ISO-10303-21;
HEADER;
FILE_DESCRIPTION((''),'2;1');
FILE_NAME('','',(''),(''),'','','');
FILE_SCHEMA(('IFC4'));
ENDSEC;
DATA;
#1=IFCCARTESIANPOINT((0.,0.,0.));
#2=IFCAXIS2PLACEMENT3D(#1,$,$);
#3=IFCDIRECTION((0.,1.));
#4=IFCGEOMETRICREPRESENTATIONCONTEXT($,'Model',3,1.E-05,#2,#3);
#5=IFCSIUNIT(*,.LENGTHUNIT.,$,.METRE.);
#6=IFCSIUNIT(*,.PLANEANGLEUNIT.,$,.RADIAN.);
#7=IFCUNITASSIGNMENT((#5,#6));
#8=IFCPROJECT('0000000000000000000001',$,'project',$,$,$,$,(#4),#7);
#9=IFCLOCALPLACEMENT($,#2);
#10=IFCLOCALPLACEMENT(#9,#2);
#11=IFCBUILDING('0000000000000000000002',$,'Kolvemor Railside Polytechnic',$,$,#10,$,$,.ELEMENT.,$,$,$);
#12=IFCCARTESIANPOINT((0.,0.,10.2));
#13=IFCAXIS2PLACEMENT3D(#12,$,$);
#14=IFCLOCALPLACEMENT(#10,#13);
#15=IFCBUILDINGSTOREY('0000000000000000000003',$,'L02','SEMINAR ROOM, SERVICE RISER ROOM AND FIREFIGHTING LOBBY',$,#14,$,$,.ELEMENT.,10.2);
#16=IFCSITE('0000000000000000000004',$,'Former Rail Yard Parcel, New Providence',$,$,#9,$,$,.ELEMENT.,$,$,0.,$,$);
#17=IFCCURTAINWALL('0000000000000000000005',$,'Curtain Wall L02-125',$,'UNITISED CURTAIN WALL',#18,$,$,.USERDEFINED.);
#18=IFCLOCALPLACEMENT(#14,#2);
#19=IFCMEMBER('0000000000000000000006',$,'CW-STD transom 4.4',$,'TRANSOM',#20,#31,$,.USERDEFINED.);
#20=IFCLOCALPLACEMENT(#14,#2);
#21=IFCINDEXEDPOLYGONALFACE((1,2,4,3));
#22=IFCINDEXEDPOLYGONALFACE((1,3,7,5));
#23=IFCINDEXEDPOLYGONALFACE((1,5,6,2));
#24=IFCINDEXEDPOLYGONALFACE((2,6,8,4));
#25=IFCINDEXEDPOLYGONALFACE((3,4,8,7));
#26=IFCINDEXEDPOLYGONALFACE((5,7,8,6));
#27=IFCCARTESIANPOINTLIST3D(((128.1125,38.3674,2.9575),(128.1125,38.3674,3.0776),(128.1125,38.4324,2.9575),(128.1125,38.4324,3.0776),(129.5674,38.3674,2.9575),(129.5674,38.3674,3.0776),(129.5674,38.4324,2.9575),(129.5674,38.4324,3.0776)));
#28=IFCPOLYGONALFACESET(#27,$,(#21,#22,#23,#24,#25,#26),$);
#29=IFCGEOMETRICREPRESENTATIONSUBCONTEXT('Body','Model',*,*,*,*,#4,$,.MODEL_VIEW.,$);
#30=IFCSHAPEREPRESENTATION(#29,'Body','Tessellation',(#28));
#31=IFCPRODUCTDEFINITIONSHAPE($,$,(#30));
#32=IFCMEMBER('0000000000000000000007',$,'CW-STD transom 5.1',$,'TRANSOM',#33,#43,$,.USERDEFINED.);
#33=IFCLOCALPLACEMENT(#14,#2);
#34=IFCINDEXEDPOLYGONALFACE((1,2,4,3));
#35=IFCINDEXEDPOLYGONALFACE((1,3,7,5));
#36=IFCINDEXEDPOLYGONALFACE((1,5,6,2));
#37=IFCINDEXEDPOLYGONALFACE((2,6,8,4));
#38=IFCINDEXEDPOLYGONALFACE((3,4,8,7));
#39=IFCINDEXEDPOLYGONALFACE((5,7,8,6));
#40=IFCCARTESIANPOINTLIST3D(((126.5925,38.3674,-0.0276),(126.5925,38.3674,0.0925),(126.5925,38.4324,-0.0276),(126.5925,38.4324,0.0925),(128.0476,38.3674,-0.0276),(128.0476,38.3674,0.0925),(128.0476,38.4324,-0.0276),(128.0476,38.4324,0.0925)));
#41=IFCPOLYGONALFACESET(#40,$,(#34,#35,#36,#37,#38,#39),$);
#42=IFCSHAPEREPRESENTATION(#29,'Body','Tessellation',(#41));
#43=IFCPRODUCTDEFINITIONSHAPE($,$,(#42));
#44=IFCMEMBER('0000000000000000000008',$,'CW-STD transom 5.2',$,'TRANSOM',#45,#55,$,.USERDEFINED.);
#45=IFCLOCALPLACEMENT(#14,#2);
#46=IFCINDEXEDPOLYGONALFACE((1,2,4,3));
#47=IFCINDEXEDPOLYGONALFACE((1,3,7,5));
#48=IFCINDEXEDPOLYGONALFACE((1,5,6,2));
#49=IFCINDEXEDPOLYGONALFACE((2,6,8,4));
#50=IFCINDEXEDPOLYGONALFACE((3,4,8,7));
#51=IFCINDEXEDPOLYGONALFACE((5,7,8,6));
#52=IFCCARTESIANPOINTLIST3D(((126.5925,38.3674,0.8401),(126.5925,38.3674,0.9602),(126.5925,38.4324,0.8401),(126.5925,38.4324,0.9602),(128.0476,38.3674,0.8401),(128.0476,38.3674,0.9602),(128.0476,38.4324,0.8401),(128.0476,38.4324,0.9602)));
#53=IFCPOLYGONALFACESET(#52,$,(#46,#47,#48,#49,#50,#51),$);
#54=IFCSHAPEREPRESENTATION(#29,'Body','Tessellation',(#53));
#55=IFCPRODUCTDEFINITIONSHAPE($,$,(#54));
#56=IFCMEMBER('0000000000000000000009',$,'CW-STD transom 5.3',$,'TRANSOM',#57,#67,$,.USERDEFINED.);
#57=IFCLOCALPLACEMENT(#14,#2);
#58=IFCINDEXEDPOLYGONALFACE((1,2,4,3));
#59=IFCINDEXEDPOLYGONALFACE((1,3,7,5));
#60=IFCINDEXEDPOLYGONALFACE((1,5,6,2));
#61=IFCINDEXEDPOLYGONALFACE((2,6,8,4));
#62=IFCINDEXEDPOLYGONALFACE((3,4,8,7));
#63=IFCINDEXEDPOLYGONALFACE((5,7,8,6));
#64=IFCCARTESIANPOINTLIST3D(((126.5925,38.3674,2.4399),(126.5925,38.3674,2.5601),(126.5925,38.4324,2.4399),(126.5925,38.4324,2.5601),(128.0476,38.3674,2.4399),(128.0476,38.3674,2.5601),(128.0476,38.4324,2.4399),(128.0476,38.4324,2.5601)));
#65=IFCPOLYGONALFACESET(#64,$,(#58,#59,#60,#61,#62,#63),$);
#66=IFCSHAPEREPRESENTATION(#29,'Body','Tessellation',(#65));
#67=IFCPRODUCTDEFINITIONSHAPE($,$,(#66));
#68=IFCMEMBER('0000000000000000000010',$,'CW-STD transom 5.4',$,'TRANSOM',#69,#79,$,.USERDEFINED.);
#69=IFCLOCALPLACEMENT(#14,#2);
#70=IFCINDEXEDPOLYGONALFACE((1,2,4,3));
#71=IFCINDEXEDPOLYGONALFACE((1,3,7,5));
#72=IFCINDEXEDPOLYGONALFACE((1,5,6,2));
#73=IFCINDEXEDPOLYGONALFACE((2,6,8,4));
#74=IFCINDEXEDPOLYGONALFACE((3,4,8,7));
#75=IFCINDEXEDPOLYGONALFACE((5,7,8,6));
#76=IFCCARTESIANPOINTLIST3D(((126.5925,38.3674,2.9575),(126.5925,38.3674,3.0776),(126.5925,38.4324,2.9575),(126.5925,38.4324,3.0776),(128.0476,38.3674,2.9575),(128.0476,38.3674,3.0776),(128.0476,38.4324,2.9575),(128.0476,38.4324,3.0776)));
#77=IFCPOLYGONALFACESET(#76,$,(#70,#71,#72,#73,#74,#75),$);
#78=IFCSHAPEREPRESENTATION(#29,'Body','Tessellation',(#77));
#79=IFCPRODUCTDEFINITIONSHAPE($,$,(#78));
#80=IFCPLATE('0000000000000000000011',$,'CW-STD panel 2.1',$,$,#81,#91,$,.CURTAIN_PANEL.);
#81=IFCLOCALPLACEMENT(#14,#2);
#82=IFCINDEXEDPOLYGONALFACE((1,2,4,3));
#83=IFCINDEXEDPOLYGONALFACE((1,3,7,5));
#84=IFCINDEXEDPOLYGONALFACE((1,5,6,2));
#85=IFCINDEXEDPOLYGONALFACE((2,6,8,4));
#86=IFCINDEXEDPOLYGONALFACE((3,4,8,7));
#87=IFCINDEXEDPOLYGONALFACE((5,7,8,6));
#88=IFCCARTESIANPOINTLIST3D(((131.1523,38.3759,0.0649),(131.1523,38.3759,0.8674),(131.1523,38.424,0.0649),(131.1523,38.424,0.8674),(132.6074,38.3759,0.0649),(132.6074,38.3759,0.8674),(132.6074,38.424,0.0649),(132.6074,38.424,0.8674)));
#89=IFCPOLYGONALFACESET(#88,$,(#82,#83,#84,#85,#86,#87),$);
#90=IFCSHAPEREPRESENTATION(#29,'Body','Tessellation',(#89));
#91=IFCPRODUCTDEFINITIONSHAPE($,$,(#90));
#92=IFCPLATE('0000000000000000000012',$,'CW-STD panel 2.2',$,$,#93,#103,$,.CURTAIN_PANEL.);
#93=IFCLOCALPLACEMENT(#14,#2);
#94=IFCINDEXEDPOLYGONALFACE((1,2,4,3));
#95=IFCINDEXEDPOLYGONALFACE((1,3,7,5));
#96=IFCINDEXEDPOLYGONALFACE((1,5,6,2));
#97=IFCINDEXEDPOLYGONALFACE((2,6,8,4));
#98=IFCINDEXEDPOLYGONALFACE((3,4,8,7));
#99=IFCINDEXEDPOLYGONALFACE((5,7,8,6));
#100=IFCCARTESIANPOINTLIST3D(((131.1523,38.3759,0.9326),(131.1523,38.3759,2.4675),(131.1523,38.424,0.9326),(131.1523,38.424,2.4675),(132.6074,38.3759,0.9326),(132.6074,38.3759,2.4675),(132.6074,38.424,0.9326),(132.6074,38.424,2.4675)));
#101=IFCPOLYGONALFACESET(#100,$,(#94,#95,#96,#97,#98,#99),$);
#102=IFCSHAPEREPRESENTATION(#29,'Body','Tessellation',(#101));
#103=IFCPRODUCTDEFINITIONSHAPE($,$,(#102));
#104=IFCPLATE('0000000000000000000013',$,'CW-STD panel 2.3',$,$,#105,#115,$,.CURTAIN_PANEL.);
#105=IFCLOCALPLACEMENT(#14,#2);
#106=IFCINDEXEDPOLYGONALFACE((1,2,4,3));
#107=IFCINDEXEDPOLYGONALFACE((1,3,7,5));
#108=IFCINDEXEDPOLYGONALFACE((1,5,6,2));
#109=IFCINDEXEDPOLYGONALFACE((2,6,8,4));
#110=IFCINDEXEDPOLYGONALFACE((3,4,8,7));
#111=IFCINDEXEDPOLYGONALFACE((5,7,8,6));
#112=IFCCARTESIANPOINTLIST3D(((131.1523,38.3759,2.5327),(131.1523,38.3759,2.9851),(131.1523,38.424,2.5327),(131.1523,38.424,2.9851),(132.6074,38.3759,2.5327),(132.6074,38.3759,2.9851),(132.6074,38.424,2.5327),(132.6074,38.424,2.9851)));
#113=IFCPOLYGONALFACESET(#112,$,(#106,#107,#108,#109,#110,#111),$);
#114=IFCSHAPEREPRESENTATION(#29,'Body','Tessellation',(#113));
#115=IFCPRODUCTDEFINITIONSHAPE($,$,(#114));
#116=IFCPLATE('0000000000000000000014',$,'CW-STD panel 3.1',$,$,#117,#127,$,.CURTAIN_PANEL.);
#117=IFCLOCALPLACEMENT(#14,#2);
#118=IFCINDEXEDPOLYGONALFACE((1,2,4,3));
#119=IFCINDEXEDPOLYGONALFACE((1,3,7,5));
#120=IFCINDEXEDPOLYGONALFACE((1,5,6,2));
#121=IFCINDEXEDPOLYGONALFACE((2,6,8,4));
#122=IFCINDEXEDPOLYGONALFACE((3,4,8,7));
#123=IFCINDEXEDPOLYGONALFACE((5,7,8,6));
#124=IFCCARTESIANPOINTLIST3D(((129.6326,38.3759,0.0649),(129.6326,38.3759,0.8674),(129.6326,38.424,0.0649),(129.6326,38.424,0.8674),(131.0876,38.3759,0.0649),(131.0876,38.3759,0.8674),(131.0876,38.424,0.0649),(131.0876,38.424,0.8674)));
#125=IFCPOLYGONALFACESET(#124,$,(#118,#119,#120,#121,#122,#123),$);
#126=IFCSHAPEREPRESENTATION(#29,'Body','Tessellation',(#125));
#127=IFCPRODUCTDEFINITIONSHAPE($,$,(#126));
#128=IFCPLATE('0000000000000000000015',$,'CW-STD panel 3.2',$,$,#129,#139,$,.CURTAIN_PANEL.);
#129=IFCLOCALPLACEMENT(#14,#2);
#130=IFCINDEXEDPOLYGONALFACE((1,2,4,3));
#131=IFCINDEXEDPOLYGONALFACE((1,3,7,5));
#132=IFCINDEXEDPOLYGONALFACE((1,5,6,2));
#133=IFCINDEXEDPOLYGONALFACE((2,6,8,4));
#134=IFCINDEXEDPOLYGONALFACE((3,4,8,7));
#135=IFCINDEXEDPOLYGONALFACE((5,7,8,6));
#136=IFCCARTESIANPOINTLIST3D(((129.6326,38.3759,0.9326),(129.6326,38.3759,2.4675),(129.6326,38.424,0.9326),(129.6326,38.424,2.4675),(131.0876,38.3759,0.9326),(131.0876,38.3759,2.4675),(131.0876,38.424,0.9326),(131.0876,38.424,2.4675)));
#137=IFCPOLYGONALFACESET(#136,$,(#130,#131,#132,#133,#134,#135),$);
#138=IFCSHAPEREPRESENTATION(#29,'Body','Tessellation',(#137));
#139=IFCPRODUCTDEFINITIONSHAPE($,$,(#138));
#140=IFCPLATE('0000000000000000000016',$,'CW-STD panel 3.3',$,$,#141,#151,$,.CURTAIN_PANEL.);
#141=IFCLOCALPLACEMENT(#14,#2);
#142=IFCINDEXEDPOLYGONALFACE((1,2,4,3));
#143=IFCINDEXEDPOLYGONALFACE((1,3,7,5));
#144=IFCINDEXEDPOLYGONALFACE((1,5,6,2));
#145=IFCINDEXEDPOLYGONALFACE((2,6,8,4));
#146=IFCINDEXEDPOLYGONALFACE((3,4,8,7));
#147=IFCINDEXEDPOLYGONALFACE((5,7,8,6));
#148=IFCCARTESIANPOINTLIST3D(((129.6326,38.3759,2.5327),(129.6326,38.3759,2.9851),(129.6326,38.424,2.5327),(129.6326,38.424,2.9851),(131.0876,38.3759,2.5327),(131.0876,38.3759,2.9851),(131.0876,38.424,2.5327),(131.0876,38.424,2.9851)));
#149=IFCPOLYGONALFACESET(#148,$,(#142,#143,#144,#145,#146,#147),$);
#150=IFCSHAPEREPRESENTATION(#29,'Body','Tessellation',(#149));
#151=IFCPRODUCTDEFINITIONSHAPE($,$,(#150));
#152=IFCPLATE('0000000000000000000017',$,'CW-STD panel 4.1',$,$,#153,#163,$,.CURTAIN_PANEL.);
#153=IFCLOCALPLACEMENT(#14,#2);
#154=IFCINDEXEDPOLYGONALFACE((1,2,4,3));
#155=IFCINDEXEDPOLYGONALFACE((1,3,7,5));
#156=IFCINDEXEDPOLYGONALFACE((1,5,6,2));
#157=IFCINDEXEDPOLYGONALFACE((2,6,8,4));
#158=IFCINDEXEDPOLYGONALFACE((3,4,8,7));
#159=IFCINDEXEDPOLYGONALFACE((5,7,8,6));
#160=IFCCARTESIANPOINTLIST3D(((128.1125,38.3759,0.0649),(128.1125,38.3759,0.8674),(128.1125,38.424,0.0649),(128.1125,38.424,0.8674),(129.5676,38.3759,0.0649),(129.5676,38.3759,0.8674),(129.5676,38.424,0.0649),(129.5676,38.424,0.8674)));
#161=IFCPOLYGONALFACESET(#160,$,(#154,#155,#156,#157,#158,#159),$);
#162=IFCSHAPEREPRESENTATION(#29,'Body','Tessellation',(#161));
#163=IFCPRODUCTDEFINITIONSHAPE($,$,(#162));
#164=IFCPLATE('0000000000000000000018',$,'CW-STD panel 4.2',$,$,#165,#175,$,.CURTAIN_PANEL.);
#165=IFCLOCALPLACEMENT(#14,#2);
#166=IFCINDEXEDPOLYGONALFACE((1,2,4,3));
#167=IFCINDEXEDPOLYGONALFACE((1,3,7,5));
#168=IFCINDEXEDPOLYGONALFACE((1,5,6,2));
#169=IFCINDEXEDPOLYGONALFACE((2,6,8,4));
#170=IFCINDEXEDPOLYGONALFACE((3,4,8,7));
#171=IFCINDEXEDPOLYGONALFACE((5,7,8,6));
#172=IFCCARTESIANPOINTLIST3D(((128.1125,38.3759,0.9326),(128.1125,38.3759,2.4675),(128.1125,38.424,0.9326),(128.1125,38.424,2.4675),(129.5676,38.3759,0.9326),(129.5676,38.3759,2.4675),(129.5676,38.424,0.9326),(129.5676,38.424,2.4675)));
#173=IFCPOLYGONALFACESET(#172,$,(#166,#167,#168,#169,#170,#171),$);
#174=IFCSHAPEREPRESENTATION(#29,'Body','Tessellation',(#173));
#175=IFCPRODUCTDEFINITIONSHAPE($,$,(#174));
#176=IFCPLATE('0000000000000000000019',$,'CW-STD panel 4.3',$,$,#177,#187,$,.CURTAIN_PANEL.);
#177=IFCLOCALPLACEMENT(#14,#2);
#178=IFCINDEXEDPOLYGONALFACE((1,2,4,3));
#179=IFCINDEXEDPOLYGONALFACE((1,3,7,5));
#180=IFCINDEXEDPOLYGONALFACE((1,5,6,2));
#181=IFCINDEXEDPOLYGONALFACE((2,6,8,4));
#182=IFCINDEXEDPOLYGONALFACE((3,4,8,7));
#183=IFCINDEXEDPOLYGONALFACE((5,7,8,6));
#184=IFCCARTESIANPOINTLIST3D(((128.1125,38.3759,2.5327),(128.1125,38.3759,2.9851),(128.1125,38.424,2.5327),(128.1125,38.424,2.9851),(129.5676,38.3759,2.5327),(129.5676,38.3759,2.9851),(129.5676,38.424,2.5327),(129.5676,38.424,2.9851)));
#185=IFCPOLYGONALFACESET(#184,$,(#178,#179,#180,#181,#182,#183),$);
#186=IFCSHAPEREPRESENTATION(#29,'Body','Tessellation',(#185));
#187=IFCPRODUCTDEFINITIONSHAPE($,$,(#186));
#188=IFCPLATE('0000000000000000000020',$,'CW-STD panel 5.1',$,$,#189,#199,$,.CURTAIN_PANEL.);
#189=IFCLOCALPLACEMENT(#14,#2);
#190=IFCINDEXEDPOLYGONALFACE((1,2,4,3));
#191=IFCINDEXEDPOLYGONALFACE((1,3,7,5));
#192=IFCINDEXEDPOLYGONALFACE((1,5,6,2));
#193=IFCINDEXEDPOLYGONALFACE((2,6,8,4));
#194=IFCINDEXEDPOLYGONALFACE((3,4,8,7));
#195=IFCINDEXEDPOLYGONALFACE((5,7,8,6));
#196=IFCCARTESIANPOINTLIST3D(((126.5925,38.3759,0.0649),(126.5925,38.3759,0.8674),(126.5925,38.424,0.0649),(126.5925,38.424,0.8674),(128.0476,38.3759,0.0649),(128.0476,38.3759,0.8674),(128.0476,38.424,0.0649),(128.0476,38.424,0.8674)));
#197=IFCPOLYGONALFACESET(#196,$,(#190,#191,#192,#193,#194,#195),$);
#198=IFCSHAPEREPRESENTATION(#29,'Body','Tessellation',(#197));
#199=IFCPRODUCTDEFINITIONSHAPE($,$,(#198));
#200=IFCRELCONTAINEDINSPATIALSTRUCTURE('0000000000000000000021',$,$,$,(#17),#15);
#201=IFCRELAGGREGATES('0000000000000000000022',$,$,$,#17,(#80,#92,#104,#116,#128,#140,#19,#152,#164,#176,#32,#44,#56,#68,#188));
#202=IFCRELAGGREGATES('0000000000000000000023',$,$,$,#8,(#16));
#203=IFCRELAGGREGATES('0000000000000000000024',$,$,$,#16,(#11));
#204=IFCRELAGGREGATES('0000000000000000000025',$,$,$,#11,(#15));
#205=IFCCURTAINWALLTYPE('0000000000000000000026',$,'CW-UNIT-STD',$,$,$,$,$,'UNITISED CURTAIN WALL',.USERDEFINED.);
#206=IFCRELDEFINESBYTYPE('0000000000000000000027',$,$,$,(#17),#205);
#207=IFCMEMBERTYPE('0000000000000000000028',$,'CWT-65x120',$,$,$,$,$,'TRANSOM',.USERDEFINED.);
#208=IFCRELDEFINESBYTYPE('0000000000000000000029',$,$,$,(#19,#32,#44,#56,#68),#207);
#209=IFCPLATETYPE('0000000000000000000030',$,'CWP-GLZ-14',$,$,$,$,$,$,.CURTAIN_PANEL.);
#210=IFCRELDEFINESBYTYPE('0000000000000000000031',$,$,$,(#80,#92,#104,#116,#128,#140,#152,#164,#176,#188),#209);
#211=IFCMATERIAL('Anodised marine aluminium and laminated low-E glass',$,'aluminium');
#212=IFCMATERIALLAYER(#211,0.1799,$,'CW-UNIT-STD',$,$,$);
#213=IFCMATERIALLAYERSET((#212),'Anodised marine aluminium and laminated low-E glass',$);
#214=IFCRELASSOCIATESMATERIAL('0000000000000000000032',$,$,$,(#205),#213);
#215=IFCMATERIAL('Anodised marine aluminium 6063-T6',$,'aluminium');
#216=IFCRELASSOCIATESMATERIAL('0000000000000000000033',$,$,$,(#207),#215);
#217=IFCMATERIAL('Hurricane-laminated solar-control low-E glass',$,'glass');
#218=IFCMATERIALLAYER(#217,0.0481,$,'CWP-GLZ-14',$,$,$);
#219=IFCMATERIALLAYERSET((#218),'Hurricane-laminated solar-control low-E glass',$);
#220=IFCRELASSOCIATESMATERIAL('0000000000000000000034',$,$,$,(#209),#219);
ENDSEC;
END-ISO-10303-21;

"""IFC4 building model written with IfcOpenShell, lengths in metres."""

from ifc_helpers import new_model, si_unit, direction, frame, origin, origin_2d, place, context, subcontext, project, spatial, rectangle, extrude, material, layer, layer_set, material_profile, profile_set, type_object, element, aggregate, save


model = new_model("IFC4")

# Units and contexts
model_context = context("Model", 3, precision=1e-05, world=origin(), true_north=direction((0.0, 1.0)))
body_context = subcontext(model_context, "Body", "Model", "MODEL_VIEW")
ifc_project = project(units=[si_unit("LENGTHUNIT", "METRE"), si_unit("PLANEANGLEUNIT", "RADIAN")], contexts=[model_context])

# Site, building, storey
site_placement = place(None, origin())
site = spatial("IfcSite", under=ifc_project, at=site_placement, Name="Former Rail Yard Parcel, New Providence", CompositionType="ELEMENT", RefElevation=0.0)
building_placement = place(site_placement, origin())
building = spatial("IfcBuilding", under=site, at=building_placement, Name="Kolvemor Railside Polytechnic", CompositionType="ELEMENT")
storey_placement = place(building_placement, frame((0.0, 0.0, 10.2)))
storey = spatial("IfcBuildingStorey", under=building, at=storey_placement, Name="L02", Description="SEMINAR ROOM, SERVICE RISER ROOM AND FIREFIGHTING LOBBY", CompositionType="ELEMENT", Elevation=10.2)

# Curtain wall, members, plates
ifc_material_1 = material(Name="Anodised marine aluminium and laminated low-E glass", Category="aluminium")
ifc_layer_1 = layer(ifc_material_1, 0.1799, Name="CW-UNIT-STD")
ifc_layer_set_1 = layer_set([ifc_layer_1], Name="Anodised marine aluminium and laminated low-E glass")
curtain_wall_type = type_object("IfcCurtainWallType", Name="CW-UNIT-STD", ElementType="UNITISED CURTAIN WALL", PredefinedType="USERDEFINED", material=ifc_layer_set_1)
curtain_wall_placement = place(storey_placement, origin())
curtain_wall = element("IfcCurtainWall", 1, at=curtain_wall_placement, inside=storey, type_object=curtain_wall_type, Name="Curtain Wall L02-125", ObjectType="UNITISED CURTAIN WALL", PredefinedType="USERDEFINED")
ifc_material_2 = material(Name="Anodised marine aluminium 6063-T6", Category="aluminium")
ifc_material_profile_1 = material_profile(ifc_material_2, rectangle(XDim=0.0649, YDim=0.1201, at=origin_2d()), Name="CW-TRN-65x120")
ifc_profile_set_1 = profile_set([ifc_material_profile_1], Name="Anodised marine aluminium 6063-T6")
member_type_1 = type_object("IfcMemberType", Name="CWT-65x120", ElementType="TRANSOM", PredefinedType="USERDEFINED", material=ifc_profile_set_1)
member_1_placement = place(storey_placement, frame((129.5674, 38.3999, 3.0176), z_axis=(-1.0, 0.0, 0.0), x_axis=(0.0, -1.0, 0.0)))
member_1 = element("IfcMember", 2, at=member_1_placement, type_object=member_type_1, Name="CW-STD transom 4.4", ObjectType="TRANSOM", PredefinedType="USERDEFINED", context=body_context, shape_type="SweptSolid", body=[
    extrude(rectangle(XDim=0.0649, YDim=0.1201, at=origin_2d()), origin(), (0.0, 0.0, 1.0), 1.4548),
])
member_2_placement = place(storey_placement, frame((128.0476, 38.3999, 0.0325), z_axis=(-1.0, 0.0, 0.0), x_axis=(0.0, -1.0, 0.0)))
member_2 = element("IfcMember", 3, at=member_2_placement, type_object=member_type_1, Name="CW-STD transom 5.1", ObjectType="TRANSOM", PredefinedType="USERDEFINED", context=body_context, shape_type="SweptSolid", body=[
    extrude(rectangle(XDim=0.0649, YDim=0.1201, at=origin_2d()), origin(), (0.0, 0.0, 1.0), 1.4551),
])
member_3_placement = place(storey_placement, frame((128.0476, 38.3999, 0.9001), z_axis=(-1.0, 0.0, 0.0), x_axis=(0.0, -1.0, 0.0)))
member_3 = element("IfcMember", 4, at=member_3_placement, type_object=member_type_1, Name="CW-STD transom 5.2", ObjectType="TRANSOM", PredefinedType="USERDEFINED", context=body_context, shape_type="SweptSolid", body=[
    extrude(rectangle(XDim=0.0649, YDim=0.1201, at=origin_2d()), origin(), (0.0, 0.0, 1.0), 1.4551),
])
member_4_placement = place(storey_placement, frame((128.0476, 38.3999, 2.5), z_axis=(-1.0, 0.0, 0.0), x_axis=(0.0, -1.0, 0.0)))
member_4 = element("IfcMember", 5, at=member_4_placement, type_object=member_type_1, Name="CW-STD transom 5.3", ObjectType="TRANSOM", PredefinedType="USERDEFINED", context=body_context, shape_type="SweptSolid", body=[
    extrude(rectangle(XDim=0.0649, YDim=0.1201, at=origin_2d()), origin(), (0.0, 0.0, 1.0), 1.4551),
])
member_5_placement = place(storey_placement, frame((128.0476, 38.3999, 3.0176), z_axis=(-1.0, 0.0, 0.0), x_axis=(0.0, -1.0, 0.0)))
member_5 = element("IfcMember", 6, at=member_5_placement, type_object=member_type_1, Name="CW-STD transom 5.4", ObjectType="TRANSOM", PredefinedType="USERDEFINED", context=body_context, shape_type="SweptSolid", body=[
    extrude(rectangle(XDim=0.0649, YDim=0.1201, at=origin_2d()), origin(), (0.0, 0.0, 1.0), 1.4551),
])
ifc_material_3 = material(Name="Hurricane-laminated solar-control low-E glass", Category="glass")
ifc_layer_2 = layer(ifc_material_3, 0.0481, Name="CWP-GLZ-14")
ifc_layer_set_2 = layer_set([ifc_layer_2], Name="Hurricane-laminated solar-control low-E glass")
plate_type = type_object("IfcPlateType", Name="CWP-GLZ-14", PredefinedType="CURTAIN_PANEL", material=ifc_layer_set_2)
plate_1_placement = place(storey_placement, frame((131.8799, 38.3999, 0.0649), z_axis=(0.0, 0.0, 1.0), x_axis=(-1.0, 0.0, 0.0)))
plate_1 = element("IfcPlate", 7, at=plate_1_placement, type_object=plate_type, Name="CW-STD panel 2.1", PredefinedType="CURTAIN_PANEL", context=body_context, shape_type="SweptSolid", body=[
    extrude(rectangle(XDim=1.4551, YDim=0.0481, at=origin_2d()), origin(), (0.0, 0.0, 1.0), 0.8025),
])
plate_2_placement = place(storey_placement, frame((131.8799, 38.3999, 0.9326), z_axis=(0.0, 0.0, 1.0), x_axis=(-1.0, 0.0, 0.0)))
plate_2 = element("IfcPlate", 8, at=plate_2_placement, type_object=plate_type, Name="CW-STD panel 2.2", PredefinedType="CURTAIN_PANEL", context=body_context, shape_type="SweptSolid", body=[
    extrude(rectangle(XDim=1.4551, YDim=0.0481, at=origin_2d()), origin(), (0.0, 0.0, 1.0), 1.5349),
])
plate_3_placement = place(storey_placement, frame((131.8799, 38.3999, 2.5327), z_axis=(0.0, 0.0, 1.0), x_axis=(-1.0, 0.0, 0.0)))
plate_3 = element("IfcPlate", 9, at=plate_3_placement, type_object=plate_type, Name="CW-STD panel 2.3", PredefinedType="CURTAIN_PANEL", context=body_context, shape_type="SweptSolid", body=[
    extrude(rectangle(XDim=1.4551, YDim=0.0481, at=origin_2d()), origin(), (0.0, 0.0, 1.0), 0.4524),
])
plate_4_placement = place(storey_placement, frame((130.3601, 38.3999, 0.0649), z_axis=(0.0, 0.0, 1.0), x_axis=(-1.0, 0.0, 0.0)))
plate_4 = element("IfcPlate", 10, at=plate_4_placement, type_object=plate_type, Name="CW-STD panel 3.1", PredefinedType="CURTAIN_PANEL", context=body_context, shape_type="SweptSolid", body=[
    extrude(rectangle(XDim=1.4551, YDim=0.0481, at=origin_2d()), origin(), (0.0, 0.0, 1.0), 0.8025),
])
plate_5_placement = place(storey_placement, frame((130.3601, 38.3999, 0.9326), z_axis=(0.0, 0.0, 1.0), x_axis=(-1.0, 0.0, 0.0)))
plate_5 = element("IfcPlate", 11, at=plate_5_placement, type_object=plate_type, Name="CW-STD panel 3.2", PredefinedType="CURTAIN_PANEL", context=body_context, shape_type="SweptSolid", body=[
    extrude(rectangle(XDim=1.4551, YDim=0.0481, at=origin_2d()), origin(), (0.0, 0.0, 1.0), 1.5349),
])
plate_6_placement = place(storey_placement, frame((130.3601, 38.3999, 2.5327), z_axis=(0.0, 0.0, 1.0), x_axis=(-1.0, 0.0, 0.0)))
plate_6 = element("IfcPlate", 12, at=plate_6_placement, type_object=plate_type, Name="CW-STD panel 3.3", PredefinedType="CURTAIN_PANEL", context=body_context, shape_type="SweptSolid", body=[
    extrude(rectangle(XDim=1.4551, YDim=0.0481, at=origin_2d()), origin(), (0.0, 0.0, 1.0), 0.4524),
])
plate_7_placement = place(storey_placement, frame((128.8401, 38.3999, 0.0649), z_axis=(0.0, 0.0, 1.0), x_axis=(-1.0, 0.0, 0.0)))
plate_7 = element("IfcPlate", 13, at=plate_7_placement, type_object=plate_type, Name="CW-STD panel 4.1", PredefinedType="CURTAIN_PANEL", context=body_context, shape_type="SweptSolid", body=[
    extrude(rectangle(XDim=1.4551, YDim=0.0481, at=origin_2d()), origin(), (0.0, 0.0, 1.0), 0.8025),
])
plate_8_placement = place(storey_placement, frame((128.8401, 38.3999, 0.9326), z_axis=(0.0, 0.0, 1.0), x_axis=(-1.0, 0.0, 0.0)))
plate_8 = element("IfcPlate", 14, at=plate_8_placement, type_object=plate_type, Name="CW-STD panel 4.2", PredefinedType="CURTAIN_PANEL", context=body_context, shape_type="SweptSolid", body=[
    extrude(rectangle(XDim=1.4551, YDim=0.0481, at=origin_2d()), origin(), (0.0, 0.0, 1.0), 1.5349),
])
plate_9_placement = place(storey_placement, frame((128.8401, 38.3999, 2.5327), z_axis=(0.0, 0.0, 1.0), x_axis=(-1.0, 0.0, 0.0)))
plate_9 = element("IfcPlate", 15, at=plate_9_placement, type_object=plate_type, Name="CW-STD panel 4.3", PredefinedType="CURTAIN_PANEL", context=body_context, shape_type="SweptSolid", body=[
    extrude(rectangle(XDim=1.4551, YDim=0.0481, at=origin_2d()), origin(), (0.0, 0.0, 1.0), 0.4524),
])
plate_10_placement = place(storey_placement, frame((127.3201, 38.3999, 0.0649), z_axis=(0.0, 0.0, 1.0), x_axis=(-1.0, 0.0, 0.0)))
plate_10 = element("IfcPlate", 16, at=plate_10_placement, type_object=plate_type, Name="CW-STD panel 5.1", PredefinedType="CURTAIN_PANEL", context=body_context, shape_type="SweptSolid", body=[
    extrude(rectangle(XDim=1.4551, YDim=0.0481, at=origin_2d()), origin(), (0.0, 0.0, 1.0), 0.8025),
])
aggregate(curtain_wall, [plate_1, plate_2, plate_3, plate_4, plate_5, plate_6, member_1, plate_7, plate_8, plate_9, member_2, member_3, member_4, member_5, plate_10])

save(model, "model.ifc")
